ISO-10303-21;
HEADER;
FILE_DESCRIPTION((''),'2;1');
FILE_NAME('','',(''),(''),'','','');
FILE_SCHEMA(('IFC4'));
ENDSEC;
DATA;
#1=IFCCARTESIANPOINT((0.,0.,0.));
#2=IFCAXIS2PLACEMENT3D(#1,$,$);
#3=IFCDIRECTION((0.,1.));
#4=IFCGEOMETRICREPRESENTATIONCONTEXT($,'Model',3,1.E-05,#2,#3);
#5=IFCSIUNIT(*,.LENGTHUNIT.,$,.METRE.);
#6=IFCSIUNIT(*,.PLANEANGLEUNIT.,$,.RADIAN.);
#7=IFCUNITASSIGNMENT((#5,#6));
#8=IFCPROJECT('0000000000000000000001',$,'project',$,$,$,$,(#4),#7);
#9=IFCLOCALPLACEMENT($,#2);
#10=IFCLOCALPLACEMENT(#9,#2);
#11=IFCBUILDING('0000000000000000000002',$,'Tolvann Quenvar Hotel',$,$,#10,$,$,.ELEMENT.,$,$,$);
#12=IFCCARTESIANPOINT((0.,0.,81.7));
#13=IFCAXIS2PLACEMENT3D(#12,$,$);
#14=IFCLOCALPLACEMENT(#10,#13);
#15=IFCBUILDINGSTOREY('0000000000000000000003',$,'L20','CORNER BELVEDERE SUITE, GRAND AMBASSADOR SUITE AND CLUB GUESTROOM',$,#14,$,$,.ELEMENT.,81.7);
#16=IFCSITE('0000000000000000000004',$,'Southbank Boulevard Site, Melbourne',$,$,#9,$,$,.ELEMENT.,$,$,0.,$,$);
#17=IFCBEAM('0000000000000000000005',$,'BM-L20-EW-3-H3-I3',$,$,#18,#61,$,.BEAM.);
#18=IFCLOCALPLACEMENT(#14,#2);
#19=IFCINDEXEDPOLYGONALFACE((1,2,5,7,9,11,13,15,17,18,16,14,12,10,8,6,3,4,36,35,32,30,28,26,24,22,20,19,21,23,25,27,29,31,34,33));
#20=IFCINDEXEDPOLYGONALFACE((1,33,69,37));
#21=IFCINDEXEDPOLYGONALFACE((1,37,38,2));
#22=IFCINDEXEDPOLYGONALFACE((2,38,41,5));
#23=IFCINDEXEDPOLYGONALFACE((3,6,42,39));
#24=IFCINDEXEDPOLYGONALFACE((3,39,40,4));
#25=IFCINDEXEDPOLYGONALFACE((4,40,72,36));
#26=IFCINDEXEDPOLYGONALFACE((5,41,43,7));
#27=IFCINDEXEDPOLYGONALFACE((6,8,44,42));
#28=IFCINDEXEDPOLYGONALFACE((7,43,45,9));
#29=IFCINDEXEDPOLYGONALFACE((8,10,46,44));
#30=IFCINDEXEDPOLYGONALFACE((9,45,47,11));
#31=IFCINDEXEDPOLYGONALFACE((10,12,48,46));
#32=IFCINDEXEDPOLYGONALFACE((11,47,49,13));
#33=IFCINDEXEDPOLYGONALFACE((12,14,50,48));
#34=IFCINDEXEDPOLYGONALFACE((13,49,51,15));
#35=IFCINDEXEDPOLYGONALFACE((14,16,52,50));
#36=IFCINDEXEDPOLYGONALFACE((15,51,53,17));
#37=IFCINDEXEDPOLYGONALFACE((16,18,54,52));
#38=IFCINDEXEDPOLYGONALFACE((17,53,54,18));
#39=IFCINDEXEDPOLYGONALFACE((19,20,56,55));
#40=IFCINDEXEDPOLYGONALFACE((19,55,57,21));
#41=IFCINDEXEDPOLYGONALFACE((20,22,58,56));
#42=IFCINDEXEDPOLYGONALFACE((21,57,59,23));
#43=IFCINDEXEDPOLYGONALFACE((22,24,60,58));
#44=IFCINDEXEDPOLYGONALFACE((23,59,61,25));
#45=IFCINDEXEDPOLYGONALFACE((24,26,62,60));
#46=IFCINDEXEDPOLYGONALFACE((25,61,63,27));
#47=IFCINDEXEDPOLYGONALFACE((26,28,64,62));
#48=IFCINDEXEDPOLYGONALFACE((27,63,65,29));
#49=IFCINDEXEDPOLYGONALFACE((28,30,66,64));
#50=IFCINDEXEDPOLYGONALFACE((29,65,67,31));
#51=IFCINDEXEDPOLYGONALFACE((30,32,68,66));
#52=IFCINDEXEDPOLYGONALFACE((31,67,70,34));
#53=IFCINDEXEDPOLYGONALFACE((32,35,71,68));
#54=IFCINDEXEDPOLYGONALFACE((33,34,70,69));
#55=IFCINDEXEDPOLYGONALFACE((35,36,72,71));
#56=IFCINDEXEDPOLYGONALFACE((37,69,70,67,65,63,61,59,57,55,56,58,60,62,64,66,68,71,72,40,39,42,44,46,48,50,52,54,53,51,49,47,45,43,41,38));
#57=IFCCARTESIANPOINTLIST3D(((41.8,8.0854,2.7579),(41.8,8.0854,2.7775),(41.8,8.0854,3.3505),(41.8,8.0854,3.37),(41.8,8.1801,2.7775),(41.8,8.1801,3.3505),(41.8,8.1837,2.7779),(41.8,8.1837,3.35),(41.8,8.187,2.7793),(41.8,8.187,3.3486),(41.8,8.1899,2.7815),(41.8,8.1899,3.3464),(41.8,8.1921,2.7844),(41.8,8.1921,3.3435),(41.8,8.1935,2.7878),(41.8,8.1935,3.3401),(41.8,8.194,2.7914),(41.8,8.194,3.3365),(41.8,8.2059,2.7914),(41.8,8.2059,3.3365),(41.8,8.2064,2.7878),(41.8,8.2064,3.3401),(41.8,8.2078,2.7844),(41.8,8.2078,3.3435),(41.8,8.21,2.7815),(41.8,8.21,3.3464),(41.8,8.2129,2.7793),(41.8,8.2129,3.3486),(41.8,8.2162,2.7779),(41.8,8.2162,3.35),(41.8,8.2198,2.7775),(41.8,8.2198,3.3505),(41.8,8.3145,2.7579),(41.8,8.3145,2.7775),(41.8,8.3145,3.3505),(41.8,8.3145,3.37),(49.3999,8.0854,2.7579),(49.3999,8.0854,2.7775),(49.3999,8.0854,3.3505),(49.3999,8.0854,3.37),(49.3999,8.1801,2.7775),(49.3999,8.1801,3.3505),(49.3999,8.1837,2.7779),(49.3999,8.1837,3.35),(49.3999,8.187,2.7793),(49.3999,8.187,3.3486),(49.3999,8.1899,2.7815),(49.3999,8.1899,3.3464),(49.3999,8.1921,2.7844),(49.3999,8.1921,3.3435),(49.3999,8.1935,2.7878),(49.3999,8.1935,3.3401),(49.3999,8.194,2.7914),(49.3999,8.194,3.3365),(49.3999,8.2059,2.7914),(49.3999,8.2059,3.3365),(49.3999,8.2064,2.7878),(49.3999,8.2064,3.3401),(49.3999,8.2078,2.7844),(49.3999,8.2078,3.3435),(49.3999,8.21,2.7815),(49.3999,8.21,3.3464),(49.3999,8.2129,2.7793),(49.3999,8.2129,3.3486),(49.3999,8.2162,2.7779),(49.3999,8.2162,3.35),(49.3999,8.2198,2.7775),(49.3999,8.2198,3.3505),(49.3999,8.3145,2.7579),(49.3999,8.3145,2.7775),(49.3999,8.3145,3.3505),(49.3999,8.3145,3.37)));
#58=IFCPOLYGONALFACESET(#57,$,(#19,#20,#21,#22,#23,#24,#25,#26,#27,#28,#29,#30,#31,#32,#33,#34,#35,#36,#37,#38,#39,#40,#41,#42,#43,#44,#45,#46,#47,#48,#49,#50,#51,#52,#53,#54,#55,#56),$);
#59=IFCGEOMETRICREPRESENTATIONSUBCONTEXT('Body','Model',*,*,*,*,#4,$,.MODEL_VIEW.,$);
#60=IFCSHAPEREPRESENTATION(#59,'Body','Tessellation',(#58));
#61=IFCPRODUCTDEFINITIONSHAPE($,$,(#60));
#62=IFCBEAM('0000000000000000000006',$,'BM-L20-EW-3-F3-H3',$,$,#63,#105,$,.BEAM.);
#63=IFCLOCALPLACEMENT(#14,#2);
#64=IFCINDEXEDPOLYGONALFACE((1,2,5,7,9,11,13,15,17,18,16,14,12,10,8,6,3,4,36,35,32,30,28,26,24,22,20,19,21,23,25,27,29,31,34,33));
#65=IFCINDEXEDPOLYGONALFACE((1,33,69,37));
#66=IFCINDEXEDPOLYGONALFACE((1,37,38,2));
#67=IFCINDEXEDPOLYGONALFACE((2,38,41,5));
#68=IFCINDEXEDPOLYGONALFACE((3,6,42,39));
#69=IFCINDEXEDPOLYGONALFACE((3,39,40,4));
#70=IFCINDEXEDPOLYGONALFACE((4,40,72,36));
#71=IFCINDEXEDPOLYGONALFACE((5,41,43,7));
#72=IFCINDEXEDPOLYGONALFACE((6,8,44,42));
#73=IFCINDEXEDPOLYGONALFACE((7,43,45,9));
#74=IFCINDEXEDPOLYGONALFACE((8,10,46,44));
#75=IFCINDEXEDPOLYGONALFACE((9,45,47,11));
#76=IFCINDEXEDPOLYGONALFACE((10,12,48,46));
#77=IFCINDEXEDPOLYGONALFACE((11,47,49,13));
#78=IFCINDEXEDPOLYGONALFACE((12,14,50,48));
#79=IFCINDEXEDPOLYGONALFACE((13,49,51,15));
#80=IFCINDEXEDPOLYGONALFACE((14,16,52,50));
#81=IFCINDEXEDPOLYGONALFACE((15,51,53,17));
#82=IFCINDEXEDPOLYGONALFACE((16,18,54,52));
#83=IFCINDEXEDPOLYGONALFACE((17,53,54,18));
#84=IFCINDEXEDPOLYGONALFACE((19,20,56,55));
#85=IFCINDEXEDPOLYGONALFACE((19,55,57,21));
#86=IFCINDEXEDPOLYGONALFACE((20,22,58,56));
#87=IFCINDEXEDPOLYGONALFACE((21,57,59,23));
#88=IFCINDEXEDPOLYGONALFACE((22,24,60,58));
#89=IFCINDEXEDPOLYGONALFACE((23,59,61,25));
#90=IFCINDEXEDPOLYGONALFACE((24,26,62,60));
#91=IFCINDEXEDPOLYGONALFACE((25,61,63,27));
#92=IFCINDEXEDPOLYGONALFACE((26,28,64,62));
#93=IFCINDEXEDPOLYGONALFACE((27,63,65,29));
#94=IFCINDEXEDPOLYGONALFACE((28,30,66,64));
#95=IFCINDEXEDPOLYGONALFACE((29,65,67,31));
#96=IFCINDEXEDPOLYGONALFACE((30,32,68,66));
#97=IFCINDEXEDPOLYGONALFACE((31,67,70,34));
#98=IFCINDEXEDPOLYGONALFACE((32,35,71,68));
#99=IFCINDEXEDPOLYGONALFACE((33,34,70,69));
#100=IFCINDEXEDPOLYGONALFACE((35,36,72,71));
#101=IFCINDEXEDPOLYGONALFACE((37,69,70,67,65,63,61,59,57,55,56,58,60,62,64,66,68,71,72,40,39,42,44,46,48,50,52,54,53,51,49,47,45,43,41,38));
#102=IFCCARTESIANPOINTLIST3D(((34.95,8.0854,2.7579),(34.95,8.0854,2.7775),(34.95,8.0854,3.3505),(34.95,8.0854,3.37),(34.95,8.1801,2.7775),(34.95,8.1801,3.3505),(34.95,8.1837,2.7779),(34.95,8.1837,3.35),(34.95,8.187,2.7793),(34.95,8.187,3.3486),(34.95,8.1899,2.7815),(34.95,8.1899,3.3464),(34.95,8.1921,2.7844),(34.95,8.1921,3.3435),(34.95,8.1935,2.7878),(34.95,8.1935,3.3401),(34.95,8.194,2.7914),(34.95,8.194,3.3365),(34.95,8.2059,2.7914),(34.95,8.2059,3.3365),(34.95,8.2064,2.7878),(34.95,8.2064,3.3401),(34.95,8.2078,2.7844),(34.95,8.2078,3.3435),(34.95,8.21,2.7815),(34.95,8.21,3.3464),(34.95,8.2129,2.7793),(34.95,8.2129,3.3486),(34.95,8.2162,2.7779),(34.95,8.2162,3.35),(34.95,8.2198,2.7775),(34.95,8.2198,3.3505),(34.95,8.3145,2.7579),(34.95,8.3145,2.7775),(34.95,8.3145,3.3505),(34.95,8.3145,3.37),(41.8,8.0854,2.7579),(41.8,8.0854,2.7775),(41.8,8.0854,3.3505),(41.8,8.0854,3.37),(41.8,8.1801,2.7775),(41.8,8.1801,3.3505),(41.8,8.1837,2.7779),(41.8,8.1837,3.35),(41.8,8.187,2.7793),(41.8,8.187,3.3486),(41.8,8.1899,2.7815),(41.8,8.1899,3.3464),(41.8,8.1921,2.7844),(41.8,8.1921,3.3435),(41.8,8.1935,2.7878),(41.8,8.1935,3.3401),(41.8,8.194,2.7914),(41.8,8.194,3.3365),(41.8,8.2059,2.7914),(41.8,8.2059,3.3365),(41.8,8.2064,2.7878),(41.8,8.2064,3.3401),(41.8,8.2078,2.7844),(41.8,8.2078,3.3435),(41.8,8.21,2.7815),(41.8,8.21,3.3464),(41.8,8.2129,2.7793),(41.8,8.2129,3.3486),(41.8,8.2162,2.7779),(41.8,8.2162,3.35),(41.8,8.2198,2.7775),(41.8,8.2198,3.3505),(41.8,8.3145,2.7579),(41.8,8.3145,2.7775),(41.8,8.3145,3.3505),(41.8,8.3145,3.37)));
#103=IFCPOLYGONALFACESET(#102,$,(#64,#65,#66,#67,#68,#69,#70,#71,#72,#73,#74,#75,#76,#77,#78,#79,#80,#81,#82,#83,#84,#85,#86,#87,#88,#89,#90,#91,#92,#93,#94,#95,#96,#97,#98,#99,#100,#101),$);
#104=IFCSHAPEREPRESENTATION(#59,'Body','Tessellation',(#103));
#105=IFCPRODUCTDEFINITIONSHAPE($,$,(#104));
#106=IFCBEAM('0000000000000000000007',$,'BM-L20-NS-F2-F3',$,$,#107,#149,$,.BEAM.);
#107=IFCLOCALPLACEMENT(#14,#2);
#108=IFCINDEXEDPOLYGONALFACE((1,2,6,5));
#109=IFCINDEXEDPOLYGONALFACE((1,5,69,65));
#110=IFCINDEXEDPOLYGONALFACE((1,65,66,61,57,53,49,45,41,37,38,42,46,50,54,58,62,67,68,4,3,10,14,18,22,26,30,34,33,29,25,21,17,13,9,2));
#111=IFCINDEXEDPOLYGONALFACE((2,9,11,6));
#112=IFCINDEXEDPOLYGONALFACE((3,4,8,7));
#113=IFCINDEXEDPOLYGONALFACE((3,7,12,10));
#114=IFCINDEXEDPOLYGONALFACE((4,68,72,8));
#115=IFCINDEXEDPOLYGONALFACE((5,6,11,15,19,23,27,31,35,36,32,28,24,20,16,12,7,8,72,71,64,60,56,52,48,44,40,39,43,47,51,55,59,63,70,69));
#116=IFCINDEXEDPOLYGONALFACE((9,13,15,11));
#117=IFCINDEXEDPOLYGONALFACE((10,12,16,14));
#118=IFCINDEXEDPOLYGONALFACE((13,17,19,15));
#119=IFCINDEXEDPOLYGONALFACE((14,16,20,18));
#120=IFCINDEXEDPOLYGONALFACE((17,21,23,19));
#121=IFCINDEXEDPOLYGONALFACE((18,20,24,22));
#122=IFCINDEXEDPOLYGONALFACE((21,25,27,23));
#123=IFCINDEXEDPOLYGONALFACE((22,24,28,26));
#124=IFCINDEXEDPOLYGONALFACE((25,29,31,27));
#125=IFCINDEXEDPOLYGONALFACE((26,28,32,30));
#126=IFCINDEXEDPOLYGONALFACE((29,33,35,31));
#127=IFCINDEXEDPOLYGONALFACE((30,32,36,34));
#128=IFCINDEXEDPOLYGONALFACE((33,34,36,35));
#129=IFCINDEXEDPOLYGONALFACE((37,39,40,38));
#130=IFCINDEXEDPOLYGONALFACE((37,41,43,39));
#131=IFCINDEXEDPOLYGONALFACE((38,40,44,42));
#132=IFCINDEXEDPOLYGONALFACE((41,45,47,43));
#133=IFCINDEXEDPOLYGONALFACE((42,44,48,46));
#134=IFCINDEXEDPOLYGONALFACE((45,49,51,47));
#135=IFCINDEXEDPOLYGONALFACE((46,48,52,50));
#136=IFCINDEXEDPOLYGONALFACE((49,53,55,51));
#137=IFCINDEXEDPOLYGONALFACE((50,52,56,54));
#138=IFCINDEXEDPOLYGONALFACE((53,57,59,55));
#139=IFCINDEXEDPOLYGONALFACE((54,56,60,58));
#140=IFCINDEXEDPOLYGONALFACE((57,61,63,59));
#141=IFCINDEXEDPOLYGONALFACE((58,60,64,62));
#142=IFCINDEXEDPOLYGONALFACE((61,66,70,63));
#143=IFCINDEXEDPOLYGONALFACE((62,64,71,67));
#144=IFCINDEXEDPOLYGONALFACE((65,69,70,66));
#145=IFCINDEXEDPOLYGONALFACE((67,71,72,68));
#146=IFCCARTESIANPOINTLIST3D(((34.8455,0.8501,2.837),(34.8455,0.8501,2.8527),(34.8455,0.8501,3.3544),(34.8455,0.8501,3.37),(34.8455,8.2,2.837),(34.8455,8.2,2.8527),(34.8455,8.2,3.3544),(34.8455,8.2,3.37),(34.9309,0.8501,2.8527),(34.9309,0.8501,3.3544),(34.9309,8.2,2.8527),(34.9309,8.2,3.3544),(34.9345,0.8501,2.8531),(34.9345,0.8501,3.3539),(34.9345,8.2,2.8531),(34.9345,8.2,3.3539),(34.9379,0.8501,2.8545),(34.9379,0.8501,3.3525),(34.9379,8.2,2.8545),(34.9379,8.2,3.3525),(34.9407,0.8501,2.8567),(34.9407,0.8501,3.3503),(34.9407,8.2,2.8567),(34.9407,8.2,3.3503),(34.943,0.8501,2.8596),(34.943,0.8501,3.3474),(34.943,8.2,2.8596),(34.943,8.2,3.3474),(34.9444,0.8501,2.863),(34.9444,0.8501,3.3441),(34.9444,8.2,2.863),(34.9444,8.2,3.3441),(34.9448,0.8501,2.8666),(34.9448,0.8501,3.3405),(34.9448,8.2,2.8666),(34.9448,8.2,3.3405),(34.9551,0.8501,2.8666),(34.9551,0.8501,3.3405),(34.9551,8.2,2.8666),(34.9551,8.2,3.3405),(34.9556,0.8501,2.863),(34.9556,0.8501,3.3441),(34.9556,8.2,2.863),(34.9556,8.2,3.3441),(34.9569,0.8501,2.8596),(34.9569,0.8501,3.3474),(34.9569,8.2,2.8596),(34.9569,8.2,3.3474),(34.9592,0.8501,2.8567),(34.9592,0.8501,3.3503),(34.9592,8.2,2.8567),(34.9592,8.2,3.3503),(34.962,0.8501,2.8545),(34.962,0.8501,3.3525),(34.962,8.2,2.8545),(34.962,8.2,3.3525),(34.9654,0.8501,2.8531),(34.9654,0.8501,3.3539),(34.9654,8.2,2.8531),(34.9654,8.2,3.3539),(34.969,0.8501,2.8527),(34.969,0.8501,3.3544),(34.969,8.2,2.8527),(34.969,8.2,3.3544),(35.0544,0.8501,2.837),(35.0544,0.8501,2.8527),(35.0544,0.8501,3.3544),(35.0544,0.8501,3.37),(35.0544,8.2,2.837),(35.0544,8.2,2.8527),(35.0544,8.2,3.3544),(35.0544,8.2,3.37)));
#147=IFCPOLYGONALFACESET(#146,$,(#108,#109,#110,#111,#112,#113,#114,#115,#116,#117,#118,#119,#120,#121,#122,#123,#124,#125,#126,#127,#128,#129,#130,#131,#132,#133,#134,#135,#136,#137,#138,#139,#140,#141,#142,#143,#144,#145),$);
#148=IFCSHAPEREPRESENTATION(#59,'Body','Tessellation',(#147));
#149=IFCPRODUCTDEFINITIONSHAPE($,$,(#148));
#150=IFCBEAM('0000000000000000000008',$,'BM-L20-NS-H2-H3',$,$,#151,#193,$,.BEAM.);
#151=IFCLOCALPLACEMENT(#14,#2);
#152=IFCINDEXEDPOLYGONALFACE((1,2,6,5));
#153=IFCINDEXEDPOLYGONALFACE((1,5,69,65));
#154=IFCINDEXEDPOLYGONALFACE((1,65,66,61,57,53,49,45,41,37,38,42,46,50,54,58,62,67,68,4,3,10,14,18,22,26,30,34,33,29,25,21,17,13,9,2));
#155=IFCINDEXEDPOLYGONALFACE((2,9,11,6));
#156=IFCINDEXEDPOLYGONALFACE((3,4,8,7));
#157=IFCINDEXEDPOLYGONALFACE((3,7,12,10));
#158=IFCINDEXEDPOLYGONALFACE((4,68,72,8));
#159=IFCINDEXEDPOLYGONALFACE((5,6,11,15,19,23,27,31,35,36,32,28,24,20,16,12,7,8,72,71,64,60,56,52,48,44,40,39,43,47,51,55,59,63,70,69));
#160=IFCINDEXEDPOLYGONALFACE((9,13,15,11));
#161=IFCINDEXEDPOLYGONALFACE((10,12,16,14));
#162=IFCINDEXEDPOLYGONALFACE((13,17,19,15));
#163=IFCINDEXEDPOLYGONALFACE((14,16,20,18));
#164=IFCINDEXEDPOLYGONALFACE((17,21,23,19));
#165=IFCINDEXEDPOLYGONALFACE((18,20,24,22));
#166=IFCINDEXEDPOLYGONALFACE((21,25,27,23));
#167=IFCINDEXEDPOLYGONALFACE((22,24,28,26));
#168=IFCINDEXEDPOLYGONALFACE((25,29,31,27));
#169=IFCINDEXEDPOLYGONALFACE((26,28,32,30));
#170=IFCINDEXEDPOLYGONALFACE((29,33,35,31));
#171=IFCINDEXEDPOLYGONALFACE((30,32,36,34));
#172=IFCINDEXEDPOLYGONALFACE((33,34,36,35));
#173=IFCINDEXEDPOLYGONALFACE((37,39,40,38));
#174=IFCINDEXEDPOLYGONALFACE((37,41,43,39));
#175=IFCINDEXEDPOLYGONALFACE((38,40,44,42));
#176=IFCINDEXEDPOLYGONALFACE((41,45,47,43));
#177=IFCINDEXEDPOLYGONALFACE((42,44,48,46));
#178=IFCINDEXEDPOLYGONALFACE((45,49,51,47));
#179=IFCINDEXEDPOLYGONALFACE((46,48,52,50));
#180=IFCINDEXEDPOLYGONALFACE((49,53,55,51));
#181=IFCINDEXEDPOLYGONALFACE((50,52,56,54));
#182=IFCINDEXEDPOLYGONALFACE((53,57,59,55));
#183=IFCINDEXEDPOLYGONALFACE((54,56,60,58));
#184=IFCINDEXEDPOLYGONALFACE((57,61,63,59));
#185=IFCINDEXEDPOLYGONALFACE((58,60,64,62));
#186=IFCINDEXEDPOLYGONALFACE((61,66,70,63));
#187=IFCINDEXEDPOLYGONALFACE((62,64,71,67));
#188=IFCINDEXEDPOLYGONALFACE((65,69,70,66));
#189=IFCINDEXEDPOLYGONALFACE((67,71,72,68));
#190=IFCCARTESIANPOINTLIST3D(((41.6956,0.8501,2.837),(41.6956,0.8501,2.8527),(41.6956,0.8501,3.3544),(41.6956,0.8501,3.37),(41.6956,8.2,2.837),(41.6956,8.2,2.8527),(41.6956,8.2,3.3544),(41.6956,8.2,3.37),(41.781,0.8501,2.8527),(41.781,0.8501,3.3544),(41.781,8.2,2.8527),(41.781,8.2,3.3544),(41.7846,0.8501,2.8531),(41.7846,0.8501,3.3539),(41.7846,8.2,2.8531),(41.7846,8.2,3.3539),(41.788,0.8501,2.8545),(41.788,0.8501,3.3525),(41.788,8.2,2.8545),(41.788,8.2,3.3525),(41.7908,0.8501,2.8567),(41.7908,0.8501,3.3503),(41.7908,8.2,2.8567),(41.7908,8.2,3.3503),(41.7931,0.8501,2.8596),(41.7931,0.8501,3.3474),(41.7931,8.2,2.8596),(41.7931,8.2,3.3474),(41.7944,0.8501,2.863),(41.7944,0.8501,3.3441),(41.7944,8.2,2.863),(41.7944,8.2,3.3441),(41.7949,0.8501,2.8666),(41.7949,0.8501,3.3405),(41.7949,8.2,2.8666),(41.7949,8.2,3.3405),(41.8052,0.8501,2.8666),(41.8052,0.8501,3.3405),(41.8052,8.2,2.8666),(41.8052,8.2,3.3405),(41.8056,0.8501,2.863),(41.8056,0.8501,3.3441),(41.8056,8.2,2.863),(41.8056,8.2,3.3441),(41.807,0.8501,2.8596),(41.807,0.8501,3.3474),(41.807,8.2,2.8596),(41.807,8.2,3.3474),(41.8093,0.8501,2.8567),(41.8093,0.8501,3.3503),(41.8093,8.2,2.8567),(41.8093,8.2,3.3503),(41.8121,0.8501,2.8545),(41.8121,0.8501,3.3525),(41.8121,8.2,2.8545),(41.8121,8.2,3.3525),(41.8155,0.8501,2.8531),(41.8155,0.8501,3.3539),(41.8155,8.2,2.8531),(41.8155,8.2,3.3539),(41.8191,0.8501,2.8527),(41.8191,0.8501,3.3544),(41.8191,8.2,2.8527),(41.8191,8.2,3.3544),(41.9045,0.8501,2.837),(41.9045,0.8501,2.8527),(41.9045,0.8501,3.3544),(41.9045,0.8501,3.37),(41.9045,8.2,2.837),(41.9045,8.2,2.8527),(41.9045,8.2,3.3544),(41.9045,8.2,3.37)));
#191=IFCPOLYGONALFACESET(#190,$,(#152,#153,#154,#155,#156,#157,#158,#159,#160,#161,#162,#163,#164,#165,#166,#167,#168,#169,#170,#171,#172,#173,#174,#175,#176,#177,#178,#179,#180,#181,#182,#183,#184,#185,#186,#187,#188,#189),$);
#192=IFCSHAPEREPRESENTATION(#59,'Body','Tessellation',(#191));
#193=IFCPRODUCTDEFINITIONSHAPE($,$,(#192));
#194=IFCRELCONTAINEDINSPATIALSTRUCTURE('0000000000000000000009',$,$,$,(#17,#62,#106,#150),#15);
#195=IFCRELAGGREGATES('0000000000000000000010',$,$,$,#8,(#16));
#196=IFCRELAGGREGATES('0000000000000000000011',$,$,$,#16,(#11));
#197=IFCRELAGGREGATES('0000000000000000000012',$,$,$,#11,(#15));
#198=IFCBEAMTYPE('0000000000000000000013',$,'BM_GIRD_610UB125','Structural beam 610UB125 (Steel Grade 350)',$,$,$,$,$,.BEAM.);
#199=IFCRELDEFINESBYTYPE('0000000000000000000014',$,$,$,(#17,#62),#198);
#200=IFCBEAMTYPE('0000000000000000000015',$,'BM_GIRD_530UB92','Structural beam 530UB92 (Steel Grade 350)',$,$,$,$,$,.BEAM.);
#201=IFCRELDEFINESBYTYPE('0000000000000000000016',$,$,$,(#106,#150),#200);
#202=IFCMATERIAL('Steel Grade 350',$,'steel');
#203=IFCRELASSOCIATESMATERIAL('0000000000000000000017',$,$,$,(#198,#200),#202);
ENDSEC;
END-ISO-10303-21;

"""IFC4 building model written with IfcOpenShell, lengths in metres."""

from ifc_helpers import new_model, si_unit, direction, frame, origin, origin_2d, place, context, subcontext, project, spatial, i_section, extrude, source, transform, mapped, material, material_profile, profile_set, type_object, type_shapes, element, save


model = new_model("IFC4")

# Units and contexts
model_context = context("Model", 3, precision=1e-05, world=origin(), true_north=direction((0.0, 1.0)))
body_context = subcontext(model_context, "Body", "Model", "MODEL_VIEW")
ifc_project = project(units=[si_unit("LENGTHUNIT", "METRE"), si_unit("PLANEANGLEUNIT", "RADIAN")], contexts=[model_context])

# Site, building, storey
site_placement = place(None, origin())
site = spatial("IfcSite", under=ifc_project, at=site_placement, Name="Southbank Boulevard Site, Melbourne", CompositionType="ELEMENT", RefElevation=0.0)
building_placement = place(site_placement, origin())
building = spatial("IfcBuilding", under=site, at=building_placement, Name="Tolvann Quenvar Hotel", CompositionType="ELEMENT")
storey_placement = place(building_placement, frame((0.0, 0.0, 81.7)))
storey = spatial("IfcBuildingStorey", under=building, at=storey_placement, Name="L20", Description="CORNER BELVEDERE SUITE, GRAND AMBASSADOR SUITE AND CLUB GUESTROOM", CompositionType="ELEMENT", Elevation=81.7)

# Shared definitions
ifc_material_1 = material(Name="Steel Grade 350", Category="steel")

# Beams
ifc_material_profile_1 = material_profile(ifc_material_1, i_section(OverallWidth=0.229, OverallDepth=0.6121, WebThickness=0.012, FlangeThickness=0.0195, FilletRadius=0.0139, at=origin_2d()), Name="610UB125")
ifc_profile_set_1 = profile_set([ifc_material_profile_1], Name="Steel Grade 350")
beam_type_1 = type_object("IfcBeamType", Name="BM_GIRD_610UB125", Description="Structural beam 610UB125 (Steel Grade 350)", PredefinedType="BEAM", material=ifc_profile_set_1)
shared_shape_1 = source(origin(), body_context, "Body", "SweptSolid", [
    extrude(i_section(OverallWidth=0.229, OverallDepth=0.6121, WebThickness=0.012, FlangeThickness=0.0195, FilletRadius=0.0139, at=origin_2d()), origin(), (0.0, 0.0, 1.0), 7.5999),
])
beam_1_placement = place(storey_placement, frame((41.8, 8.2, 3.064), z_axis=(1.0, 0.0, 0.0), x_axis=(0.0, 1.0, 0.0)))
element("IfcBeam", 1, at=beam_1_placement, inside=storey, type_object=beam_type_1, Name="BM-L20-EW-3-H3-I3", PredefinedType="BEAM", context=body_context, shape_type="MappedRepresentation", body=[
    mapped(shared_shape_1, transform((0.0, 0.0, 0.0), x_axis=(1.0, 0.0, 0.0), y_axis=(0.0, 1.0, 0.0), z_axis=(0.0, 0.0, 1.0), scale=1.0)),
])
shared_shape_2 = source(origin(), body_context, "Body", "SweptSolid", [
    extrude(i_section(OverallWidth=0.229, OverallDepth=0.6121, WebThickness=0.012, FlangeThickness=0.0195, FilletRadius=0.0139, at=origin_2d()), origin(), (0.0, 0.0, 1.0), 6.8501),
])
type_shapes(beam_type_1, [shared_shape_1, shared_shape_2])
beam_2_placement = place(storey_placement, frame((34.95, 8.2, 3.064), z_axis=(1.0, 0.0, 0.0), x_axis=(0.0, 1.0, 0.0)))
element("IfcBeam", 2, at=beam_2_placement, inside=storey, type_object=beam_type_1, Name="BM-L20-EW-3-F3-H3", PredefinedType="BEAM", context=body_context, shape_type="MappedRepresentation", body=[
    mapped(shared_shape_2, transform((0.0, 0.0, 0.0), x_axis=(1.0, 0.0, 0.0), y_axis=(0.0, 1.0, 0.0), z_axis=(0.0, 0.0, 1.0), scale=1.0)),
])
ifc_material_profile_2 = material_profile(ifc_material_1, i_section(OverallWidth=0.209, OverallDepth=0.533, WebThickness=0.0103, FlangeThickness=0.0156, FilletRadius=0.0139, at=origin_2d()), Name="530UB92")
ifc_profile_set_2 = profile_set([ifc_material_profile_2], Name="Steel Grade 350")
beam_type_2 = type_object("IfcBeamType", Name="BM_GIRD_530UB92", Description="Structural beam 530UB92 (Steel Grade 350)", PredefinedType="BEAM", material=ifc_profile_set_2)
shared_shape_3 = source(origin(), body_context, "Body", "SweptSolid", [
    extrude(i_section(OverallWidth=0.209, OverallDepth=0.533, WebThickness=0.0103, FlangeThickness=0.0156, FilletRadius=0.0139, at=origin_2d()), origin(), (0.0, 0.0, 1.0), 7.3499),
])
for number, where, z_axis, x_axis, name in (
    (3, (34.95, 0.8501, 3.1035), (0.0, 1.0, 0.0), (-1.0, 0.0, 0.0), "BM-L20-NS-F2-F3"),
    (4, (41.8, 0.8501, 3.1035), (0.0, 1.0, 0.0), (-1.0, 0.0, 0.0), "BM-L20-NS-H2-H3"),
):
    element("IfcBeam", number, at=place(storey_placement, frame(where, z_axis=z_axis, x_axis=x_axis)), inside=storey, type_object=beam_type_2, Name=name, PredefinedType="BEAM", context=body_context, shape_type="MappedRepresentation", body=[
        mapped(shared_shape_3, transform((0.0, 0.0, 0.0), x_axis=(1.0, 0.0, 0.0), y_axis=(0.0, 1.0, 0.0), z_axis=(0.0, 0.0, 1.0), scale=1.0)),
    ])

save(model, "model.ifc")
